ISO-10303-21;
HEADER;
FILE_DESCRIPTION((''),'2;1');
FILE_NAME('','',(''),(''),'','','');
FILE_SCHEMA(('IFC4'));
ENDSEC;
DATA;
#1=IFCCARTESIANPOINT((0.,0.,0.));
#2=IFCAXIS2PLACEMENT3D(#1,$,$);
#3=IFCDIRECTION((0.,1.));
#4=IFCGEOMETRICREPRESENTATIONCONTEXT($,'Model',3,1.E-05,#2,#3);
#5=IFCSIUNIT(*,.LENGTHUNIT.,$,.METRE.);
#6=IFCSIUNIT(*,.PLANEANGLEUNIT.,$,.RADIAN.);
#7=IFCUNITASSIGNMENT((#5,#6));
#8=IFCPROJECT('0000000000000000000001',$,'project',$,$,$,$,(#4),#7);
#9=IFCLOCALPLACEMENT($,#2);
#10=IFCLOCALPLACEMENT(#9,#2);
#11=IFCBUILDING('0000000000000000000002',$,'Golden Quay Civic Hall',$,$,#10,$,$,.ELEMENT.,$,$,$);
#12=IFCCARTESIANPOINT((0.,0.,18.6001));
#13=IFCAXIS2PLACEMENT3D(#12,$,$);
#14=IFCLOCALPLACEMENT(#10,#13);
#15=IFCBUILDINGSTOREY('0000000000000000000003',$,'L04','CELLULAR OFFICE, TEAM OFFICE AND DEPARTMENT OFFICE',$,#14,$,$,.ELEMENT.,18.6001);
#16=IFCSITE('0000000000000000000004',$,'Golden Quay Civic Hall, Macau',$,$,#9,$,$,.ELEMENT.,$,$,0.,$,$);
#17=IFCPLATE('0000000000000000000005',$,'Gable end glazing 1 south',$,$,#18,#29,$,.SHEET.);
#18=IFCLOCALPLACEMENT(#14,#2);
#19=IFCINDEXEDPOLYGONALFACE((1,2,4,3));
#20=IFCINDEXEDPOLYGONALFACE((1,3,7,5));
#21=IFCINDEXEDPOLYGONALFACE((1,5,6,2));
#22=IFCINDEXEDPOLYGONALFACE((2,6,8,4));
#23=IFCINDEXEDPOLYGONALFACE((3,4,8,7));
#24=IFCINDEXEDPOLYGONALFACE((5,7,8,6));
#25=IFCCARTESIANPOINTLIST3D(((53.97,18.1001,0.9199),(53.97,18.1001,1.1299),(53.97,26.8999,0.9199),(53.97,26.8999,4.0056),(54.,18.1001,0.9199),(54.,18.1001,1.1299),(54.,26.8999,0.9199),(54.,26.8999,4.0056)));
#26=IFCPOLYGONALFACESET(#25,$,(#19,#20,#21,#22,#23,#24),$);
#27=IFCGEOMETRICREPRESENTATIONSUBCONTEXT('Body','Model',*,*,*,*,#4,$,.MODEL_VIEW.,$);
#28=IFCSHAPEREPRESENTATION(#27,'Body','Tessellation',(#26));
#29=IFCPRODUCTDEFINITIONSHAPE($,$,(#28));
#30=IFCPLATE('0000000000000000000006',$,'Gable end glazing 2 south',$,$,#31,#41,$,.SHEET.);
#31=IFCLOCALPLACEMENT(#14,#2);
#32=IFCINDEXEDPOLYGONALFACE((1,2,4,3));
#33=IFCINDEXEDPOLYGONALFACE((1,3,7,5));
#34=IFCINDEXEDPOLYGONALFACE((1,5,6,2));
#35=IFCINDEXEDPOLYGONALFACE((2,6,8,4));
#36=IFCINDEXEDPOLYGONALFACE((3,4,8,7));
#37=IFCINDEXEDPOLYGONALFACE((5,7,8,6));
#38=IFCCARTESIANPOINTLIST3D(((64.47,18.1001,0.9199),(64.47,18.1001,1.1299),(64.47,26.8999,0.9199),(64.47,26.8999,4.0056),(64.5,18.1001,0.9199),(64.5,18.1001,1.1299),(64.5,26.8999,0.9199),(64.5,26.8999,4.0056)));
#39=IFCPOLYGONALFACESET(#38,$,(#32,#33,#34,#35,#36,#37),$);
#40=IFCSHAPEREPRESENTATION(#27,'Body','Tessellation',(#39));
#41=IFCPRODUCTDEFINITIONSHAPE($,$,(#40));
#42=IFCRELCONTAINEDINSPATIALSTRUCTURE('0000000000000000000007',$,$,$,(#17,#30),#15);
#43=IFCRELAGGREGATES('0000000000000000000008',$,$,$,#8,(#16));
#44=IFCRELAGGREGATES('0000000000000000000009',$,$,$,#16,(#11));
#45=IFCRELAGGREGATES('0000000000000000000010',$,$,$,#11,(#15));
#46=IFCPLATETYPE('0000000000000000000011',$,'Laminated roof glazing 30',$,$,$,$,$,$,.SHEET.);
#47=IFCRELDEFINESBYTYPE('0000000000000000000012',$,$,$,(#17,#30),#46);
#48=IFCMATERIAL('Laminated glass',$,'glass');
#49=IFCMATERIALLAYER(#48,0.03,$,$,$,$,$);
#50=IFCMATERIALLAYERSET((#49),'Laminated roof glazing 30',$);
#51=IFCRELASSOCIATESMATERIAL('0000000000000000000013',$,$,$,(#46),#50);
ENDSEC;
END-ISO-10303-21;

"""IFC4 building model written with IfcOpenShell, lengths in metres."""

from ifc_helpers import new_model, si_unit, direction, frame, origin, place, context, subcontext, project, spatial, polyline, outline, extrude, material, layer, layer_set, type_object, element, save


model = new_model("IFC4")

# Units and contexts
model_context = context("Model", 3, precision=1e-05, world=origin(), true_north=direction((0.0, 1.0)))
body_context = subcontext(model_context, "Body", "Model", "MODEL_VIEW")
ifc_project = project(units=[si_unit("LENGTHUNIT", "METRE"), si_unit("PLANEANGLEUNIT", "RADIAN")], contexts=[model_context])

# Site, building, storey
site_placement = place(None, origin())
site = spatial("IfcSite", under=ifc_project, at=site_placement, Name="Golden Quay Civic Hall, Macau", CompositionType="ELEMENT", RefElevation=0.0)
building_placement = place(site_placement, origin())
building = spatial("IfcBuilding", under=site, at=building_placement, Name="Golden Quay Civic Hall", CompositionType="ELEMENT")
storey_placement = place(building_placement, frame((0.0, 0.0, 18.6001)))
storey = spatial("IfcBuildingStorey", under=building, at=storey_placement, Name="L04", Description="CELLULAR OFFICE, TEAM OFFICE AND DEPARTMENT OFFICE", CompositionType="ELEMENT", Elevation=18.6001)

# Plates
ifc_material_1 = material(Name="Laminated glass", Category="glass")
ifc_layer = layer(ifc_material_1, 0.03)
ifc_layer_set = layer_set([ifc_layer], Name="Laminated roof glazing 30")
plate_type = type_object("IfcPlateType", Name="Laminated roof glazing 30", PredefinedType="SHEET", material=ifc_layer_set)
for number, where, z_axis, x_axis, name in (
    (1, (54.0, 18.1001, 0.9199), (1.0, 0.0, 0.0), (0.0, 1.0, 0.0), "Gable end glazing 1 south"),
    (2, (64.5, 18.1001, 0.9199), (1.0, 0.0, 0.0), (0.0, 1.0, 0.0), "Gable end glazing 2 south"),
):
    element("IfcPlate", number, at=place(storey_placement, frame(where, z_axis=z_axis, x_axis=x_axis)), inside=storey, type_object=plate_type, Name=name, PredefinedType="SHEET", context=body_context, shape_type="SweptSolid", body=[
        extrude(outline(polyline([(0.0, 0.0), (8.7998, 0.0), (8.7998, 3.0857), (0.0, 0.21), (0.0, 0.0)])), origin(), (0.0, 0.0, -1.0), 0.03),
    ])

save(model, "model.ifc")
